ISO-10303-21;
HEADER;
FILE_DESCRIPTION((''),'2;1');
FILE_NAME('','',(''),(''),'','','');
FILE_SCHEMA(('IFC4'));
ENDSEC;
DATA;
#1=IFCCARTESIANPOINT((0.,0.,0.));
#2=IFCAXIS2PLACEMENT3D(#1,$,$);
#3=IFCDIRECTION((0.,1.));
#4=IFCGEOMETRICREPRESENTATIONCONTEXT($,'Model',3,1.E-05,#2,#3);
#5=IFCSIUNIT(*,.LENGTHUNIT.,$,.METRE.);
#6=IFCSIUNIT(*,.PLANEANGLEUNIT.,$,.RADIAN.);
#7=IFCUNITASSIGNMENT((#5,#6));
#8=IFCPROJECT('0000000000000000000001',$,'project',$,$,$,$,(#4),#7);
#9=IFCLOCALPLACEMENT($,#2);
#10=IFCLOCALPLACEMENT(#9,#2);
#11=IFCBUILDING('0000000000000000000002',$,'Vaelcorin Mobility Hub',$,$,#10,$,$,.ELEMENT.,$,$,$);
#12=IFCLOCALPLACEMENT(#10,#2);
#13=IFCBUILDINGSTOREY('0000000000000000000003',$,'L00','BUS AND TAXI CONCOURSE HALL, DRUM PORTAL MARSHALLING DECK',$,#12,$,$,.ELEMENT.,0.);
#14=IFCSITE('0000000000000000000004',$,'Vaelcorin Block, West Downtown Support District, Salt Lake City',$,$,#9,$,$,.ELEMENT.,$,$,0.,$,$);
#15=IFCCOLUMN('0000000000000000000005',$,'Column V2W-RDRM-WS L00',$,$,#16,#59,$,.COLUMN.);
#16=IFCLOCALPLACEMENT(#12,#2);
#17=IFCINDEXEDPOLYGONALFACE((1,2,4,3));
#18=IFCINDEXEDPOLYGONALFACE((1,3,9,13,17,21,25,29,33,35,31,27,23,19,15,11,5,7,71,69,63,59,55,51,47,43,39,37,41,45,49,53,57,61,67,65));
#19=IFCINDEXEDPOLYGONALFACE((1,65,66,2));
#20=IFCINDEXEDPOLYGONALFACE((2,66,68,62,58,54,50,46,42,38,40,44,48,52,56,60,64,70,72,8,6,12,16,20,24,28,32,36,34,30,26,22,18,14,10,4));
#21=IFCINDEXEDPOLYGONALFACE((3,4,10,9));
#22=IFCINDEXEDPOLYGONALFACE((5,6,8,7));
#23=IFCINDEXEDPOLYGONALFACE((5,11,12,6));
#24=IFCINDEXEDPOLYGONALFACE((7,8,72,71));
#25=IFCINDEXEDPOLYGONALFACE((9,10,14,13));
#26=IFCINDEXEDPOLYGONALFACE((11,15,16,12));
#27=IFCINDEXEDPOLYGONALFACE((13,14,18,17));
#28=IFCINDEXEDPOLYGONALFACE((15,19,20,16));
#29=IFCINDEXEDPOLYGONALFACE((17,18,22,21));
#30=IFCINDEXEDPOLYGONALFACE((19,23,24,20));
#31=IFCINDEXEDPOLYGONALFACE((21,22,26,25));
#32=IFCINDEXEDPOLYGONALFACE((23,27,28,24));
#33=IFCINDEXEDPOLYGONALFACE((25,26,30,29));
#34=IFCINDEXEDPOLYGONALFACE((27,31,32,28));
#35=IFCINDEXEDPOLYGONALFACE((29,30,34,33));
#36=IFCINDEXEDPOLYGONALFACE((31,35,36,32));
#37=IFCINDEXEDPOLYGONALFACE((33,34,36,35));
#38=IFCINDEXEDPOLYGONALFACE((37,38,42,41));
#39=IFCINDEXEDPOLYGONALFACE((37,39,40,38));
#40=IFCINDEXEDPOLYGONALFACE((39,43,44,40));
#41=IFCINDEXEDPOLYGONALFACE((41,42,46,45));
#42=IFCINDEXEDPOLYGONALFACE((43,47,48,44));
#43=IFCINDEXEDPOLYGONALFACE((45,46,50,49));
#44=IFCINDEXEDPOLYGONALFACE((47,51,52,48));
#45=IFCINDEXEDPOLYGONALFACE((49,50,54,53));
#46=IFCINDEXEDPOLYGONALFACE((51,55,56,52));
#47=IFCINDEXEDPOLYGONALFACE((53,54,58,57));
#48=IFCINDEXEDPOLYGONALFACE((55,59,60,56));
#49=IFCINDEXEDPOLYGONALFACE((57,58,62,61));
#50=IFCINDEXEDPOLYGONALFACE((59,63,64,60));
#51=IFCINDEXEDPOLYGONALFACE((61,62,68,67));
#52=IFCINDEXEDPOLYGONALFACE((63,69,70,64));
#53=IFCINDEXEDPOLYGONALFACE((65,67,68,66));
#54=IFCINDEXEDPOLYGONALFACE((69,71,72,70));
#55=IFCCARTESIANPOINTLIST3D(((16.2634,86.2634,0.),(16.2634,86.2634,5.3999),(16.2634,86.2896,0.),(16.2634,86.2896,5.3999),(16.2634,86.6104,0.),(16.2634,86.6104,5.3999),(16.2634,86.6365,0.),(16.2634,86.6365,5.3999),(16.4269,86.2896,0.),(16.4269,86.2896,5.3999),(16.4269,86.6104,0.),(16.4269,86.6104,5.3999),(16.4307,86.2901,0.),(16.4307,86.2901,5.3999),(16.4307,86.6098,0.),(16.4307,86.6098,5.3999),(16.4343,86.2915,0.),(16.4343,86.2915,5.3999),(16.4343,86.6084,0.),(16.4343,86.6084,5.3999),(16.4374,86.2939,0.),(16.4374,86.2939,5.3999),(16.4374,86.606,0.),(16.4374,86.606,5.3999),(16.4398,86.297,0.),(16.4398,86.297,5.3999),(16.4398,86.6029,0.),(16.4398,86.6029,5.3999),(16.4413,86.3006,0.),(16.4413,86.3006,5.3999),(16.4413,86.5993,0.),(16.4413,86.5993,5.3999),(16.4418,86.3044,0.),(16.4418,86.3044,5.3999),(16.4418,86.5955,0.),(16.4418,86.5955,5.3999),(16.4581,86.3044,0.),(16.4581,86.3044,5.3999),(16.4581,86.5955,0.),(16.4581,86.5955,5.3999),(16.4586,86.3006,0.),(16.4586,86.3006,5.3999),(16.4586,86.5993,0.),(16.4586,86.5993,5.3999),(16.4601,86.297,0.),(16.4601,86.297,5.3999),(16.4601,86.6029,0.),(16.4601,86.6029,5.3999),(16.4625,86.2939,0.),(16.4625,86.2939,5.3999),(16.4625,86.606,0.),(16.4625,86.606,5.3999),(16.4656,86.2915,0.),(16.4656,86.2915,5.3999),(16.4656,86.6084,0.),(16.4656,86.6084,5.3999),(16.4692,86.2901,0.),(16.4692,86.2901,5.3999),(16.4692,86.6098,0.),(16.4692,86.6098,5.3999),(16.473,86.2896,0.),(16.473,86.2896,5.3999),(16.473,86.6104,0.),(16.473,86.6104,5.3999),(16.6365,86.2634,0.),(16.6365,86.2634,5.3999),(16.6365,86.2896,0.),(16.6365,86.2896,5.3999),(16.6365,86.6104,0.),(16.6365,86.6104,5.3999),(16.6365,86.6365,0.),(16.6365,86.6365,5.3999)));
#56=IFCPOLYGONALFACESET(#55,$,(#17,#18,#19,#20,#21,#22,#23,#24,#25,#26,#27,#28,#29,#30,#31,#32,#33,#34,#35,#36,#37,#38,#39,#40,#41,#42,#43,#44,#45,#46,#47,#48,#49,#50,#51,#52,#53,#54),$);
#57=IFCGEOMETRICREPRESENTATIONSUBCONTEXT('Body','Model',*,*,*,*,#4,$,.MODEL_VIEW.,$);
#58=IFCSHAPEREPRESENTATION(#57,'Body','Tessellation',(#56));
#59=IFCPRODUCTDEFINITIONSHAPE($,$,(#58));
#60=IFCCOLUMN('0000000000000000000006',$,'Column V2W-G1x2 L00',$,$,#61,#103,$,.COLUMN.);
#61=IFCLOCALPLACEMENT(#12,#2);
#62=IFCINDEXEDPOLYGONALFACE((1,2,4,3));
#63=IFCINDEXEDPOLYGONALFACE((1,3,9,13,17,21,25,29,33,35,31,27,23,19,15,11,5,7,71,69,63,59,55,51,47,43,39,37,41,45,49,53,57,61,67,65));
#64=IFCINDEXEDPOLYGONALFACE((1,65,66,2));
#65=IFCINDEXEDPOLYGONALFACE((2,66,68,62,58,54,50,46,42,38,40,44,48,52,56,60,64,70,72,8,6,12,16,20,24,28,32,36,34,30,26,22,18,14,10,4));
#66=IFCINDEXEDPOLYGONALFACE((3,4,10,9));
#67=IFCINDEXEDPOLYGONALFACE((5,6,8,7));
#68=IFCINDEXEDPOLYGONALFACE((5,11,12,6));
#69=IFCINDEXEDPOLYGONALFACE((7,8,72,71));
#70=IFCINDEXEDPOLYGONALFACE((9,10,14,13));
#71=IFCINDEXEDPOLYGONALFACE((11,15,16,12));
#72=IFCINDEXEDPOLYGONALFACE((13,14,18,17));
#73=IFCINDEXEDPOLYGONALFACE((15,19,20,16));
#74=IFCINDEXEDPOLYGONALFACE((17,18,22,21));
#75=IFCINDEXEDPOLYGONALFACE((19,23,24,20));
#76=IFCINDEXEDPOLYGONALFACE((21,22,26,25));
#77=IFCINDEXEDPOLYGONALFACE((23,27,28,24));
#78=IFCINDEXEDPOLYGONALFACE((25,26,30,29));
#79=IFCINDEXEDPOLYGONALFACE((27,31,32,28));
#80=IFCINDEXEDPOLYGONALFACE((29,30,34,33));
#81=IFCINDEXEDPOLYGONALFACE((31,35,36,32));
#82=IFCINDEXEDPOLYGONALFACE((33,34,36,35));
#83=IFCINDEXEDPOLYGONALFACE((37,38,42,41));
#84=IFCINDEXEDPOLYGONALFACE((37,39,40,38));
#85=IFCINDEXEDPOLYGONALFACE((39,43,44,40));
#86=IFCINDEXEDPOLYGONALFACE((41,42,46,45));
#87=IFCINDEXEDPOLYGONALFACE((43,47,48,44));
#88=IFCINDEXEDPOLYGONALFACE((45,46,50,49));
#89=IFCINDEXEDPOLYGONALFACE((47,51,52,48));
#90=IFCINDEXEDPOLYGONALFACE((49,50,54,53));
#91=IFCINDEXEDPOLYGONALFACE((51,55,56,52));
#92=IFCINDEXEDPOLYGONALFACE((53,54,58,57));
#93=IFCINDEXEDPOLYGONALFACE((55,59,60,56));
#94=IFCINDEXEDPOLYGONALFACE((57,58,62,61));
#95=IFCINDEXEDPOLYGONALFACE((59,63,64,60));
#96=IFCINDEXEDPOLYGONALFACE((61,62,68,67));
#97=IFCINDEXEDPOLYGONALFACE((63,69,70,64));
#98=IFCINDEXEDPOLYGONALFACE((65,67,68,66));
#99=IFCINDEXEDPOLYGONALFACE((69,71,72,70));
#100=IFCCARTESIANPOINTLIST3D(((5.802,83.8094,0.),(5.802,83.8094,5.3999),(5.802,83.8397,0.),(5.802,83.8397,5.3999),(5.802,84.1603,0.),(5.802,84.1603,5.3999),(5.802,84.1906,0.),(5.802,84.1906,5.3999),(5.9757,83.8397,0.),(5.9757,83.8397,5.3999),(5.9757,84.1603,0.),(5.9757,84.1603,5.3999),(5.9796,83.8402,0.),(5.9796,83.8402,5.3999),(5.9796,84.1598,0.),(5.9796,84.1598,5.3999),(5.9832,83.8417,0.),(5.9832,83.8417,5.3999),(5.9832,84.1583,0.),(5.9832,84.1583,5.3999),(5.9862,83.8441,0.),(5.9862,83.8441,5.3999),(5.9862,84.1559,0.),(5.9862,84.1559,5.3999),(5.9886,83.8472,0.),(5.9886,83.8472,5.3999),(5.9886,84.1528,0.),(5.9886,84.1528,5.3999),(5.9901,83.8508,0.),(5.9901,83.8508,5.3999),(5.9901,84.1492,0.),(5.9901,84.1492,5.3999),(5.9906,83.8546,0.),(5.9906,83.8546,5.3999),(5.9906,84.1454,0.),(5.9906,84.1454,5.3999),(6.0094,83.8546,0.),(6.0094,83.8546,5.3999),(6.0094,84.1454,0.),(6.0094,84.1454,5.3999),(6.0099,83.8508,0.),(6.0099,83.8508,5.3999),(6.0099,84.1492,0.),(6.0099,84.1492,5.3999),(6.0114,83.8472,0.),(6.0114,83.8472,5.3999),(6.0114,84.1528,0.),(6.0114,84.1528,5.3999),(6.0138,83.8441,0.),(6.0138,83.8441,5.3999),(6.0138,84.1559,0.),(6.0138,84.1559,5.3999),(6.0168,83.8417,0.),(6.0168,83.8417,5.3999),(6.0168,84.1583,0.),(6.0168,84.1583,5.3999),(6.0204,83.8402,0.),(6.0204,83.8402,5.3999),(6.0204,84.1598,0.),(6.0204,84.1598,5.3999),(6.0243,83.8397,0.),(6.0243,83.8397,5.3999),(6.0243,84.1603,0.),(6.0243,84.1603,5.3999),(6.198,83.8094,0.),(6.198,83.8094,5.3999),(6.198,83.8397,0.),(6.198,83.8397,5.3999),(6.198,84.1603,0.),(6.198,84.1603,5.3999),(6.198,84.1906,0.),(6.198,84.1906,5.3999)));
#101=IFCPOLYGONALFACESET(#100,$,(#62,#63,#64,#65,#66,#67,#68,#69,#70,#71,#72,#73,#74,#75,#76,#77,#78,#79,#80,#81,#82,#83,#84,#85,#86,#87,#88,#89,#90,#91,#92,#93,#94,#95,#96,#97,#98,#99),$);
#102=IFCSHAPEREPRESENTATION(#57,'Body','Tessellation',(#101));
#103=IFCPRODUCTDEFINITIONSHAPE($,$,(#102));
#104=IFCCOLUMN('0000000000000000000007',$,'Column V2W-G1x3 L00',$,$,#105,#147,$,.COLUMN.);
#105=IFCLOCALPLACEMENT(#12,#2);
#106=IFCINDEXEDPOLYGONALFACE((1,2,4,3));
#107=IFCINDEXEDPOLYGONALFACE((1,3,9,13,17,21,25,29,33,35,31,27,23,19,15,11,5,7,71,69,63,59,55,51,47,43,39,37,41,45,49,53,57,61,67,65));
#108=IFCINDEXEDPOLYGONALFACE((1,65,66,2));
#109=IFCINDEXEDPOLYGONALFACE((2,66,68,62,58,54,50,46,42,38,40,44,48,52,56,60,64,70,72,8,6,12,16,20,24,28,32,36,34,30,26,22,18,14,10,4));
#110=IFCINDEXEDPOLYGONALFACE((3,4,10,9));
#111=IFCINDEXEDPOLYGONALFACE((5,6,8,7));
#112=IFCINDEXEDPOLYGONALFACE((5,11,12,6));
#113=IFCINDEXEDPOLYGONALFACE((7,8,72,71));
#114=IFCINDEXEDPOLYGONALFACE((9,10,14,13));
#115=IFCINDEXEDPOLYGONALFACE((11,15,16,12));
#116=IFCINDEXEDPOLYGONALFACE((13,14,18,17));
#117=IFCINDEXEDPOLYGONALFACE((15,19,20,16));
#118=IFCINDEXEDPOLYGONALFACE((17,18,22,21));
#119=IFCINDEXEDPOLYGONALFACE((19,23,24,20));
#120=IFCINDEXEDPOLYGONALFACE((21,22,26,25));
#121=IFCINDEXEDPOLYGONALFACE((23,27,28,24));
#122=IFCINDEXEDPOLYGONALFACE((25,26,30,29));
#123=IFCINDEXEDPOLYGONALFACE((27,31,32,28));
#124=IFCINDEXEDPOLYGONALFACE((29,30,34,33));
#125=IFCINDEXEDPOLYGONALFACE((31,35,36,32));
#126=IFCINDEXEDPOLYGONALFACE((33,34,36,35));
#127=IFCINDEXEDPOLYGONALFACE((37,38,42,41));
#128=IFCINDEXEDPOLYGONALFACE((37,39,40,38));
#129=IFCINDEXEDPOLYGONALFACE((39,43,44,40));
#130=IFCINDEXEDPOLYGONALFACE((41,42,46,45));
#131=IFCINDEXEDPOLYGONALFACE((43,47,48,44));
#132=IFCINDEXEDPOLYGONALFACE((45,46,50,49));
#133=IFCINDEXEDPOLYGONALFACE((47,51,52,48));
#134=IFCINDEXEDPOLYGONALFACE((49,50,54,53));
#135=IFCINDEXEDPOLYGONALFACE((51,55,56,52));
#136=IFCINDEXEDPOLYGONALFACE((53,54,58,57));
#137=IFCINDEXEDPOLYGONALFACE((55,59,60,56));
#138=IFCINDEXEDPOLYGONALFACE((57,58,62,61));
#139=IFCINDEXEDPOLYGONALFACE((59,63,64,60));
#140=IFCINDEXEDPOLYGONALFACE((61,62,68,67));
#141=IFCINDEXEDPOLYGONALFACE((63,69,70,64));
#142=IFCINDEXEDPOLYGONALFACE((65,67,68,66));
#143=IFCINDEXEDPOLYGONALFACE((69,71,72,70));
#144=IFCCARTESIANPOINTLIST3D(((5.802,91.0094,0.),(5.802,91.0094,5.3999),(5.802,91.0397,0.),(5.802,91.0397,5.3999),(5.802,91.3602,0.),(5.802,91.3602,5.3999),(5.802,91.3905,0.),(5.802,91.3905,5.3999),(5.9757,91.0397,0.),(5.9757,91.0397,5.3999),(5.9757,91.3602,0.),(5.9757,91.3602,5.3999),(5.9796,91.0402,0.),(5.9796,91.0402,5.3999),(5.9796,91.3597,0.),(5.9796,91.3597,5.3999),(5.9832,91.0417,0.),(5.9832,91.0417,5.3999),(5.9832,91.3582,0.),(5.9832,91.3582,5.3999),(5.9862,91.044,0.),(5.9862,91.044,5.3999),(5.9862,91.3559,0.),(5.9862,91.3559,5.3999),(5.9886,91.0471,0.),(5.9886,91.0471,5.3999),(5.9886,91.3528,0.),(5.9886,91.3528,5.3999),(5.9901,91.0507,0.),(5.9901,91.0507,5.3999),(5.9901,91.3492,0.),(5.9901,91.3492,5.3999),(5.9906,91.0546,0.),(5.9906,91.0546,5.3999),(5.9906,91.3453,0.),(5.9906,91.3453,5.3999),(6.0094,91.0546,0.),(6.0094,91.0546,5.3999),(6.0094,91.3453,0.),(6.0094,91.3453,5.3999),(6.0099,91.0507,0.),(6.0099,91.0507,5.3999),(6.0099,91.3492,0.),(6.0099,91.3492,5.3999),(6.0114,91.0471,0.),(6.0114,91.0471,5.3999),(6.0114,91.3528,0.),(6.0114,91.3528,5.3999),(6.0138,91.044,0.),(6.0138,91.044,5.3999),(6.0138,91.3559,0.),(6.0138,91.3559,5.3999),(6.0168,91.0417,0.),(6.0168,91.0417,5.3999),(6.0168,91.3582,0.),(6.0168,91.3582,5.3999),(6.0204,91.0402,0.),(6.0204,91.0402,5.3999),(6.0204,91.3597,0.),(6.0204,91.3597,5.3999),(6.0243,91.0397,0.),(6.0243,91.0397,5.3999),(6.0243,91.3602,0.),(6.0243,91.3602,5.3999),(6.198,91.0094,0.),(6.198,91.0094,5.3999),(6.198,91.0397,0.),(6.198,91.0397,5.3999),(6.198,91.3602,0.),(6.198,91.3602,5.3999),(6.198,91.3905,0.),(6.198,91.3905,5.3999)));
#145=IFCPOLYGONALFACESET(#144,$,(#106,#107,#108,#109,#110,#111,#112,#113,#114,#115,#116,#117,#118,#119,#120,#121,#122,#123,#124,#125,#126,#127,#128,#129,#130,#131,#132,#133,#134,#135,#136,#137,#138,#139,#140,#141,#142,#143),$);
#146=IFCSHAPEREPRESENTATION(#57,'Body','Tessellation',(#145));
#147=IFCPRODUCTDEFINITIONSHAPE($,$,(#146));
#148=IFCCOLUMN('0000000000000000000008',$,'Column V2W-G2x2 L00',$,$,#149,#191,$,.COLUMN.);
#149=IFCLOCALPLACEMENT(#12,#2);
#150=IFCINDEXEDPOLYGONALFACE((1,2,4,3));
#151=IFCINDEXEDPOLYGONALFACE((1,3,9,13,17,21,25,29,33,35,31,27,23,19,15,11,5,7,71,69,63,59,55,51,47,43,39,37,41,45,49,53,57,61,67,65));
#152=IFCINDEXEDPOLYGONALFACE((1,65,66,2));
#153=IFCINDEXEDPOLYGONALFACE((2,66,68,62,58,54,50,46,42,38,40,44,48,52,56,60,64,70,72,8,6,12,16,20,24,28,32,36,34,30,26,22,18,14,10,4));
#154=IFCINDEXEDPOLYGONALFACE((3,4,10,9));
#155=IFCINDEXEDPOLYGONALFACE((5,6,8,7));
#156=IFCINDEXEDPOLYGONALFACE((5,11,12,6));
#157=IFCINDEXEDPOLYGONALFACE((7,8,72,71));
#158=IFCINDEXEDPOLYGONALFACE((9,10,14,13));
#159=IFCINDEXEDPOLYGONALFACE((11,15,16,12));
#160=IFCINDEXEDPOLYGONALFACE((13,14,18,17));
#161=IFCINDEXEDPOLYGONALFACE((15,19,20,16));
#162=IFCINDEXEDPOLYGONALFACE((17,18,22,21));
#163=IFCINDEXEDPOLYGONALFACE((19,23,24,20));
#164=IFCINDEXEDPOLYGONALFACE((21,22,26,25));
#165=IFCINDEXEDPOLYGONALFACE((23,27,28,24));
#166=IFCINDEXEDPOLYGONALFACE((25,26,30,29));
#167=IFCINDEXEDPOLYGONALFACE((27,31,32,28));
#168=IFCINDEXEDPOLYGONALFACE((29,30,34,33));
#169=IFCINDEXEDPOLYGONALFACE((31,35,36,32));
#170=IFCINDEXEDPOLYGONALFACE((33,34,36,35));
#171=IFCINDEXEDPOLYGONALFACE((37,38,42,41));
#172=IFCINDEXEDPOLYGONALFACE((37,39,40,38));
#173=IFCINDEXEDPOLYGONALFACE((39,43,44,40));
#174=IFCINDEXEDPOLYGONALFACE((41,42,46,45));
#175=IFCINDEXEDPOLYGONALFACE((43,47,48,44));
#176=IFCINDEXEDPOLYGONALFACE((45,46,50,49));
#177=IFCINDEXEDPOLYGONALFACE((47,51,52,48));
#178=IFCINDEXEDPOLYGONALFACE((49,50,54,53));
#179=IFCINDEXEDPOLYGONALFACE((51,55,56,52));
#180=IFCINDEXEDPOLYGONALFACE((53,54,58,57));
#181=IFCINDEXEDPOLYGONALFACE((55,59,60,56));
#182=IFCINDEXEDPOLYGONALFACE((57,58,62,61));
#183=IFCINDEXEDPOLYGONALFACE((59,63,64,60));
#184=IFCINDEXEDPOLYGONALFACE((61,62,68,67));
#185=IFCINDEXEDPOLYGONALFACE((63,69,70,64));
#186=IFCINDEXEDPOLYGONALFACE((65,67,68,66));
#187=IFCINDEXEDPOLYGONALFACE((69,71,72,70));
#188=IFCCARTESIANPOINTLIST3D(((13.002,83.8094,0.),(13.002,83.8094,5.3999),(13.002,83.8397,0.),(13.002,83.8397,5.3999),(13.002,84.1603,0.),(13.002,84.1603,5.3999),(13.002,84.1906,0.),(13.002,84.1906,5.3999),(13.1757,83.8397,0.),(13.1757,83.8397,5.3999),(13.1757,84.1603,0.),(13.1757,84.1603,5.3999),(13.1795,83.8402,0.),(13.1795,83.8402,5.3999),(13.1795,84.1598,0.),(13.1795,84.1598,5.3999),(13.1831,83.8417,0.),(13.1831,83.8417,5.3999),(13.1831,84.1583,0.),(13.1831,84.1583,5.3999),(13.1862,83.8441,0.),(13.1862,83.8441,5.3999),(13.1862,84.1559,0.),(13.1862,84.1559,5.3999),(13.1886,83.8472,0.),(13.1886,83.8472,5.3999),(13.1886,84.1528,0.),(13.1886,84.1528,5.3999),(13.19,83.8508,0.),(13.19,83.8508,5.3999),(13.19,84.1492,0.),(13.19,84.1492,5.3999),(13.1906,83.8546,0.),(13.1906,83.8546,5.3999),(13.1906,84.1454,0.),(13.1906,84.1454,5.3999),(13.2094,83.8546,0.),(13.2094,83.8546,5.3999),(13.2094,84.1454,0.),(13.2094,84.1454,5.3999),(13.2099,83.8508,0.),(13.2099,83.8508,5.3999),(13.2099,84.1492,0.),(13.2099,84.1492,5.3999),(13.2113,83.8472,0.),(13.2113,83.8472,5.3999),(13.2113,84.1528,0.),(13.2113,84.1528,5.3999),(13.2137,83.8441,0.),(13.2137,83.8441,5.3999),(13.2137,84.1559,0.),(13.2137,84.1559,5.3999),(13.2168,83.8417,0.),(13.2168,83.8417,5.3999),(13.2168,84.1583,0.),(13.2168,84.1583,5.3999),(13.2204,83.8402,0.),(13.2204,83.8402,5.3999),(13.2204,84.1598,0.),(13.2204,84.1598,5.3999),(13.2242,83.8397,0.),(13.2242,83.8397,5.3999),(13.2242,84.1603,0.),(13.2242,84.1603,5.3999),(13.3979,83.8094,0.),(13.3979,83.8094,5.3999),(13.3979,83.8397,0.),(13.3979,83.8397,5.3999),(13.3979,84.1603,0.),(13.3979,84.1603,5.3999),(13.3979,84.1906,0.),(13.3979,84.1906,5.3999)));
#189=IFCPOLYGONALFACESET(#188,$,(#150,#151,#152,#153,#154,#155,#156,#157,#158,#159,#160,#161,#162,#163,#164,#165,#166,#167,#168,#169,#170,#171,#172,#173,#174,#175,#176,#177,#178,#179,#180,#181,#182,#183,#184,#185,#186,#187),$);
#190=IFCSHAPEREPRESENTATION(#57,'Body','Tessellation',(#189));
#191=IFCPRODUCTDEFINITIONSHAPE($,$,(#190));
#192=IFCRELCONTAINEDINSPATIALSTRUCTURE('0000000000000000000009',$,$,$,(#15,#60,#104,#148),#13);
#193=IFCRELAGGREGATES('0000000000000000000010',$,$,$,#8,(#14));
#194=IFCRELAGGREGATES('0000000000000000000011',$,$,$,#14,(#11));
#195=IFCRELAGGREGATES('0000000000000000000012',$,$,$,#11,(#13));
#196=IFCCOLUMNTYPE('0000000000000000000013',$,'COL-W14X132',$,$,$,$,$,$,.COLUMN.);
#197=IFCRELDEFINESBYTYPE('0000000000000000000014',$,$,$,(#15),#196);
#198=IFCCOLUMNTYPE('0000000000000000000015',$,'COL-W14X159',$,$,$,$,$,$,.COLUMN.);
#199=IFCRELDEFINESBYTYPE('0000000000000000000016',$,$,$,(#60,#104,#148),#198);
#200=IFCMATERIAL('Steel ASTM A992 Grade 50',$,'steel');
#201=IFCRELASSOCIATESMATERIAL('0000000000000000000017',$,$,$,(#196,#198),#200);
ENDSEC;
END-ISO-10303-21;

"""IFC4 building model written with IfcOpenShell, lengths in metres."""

from ifc_helpers import new_model, si_unit, direction, frame, origin, origin_2d, place, context, subcontext, project, spatial, i_section, extrude, material, material_profile, profile_set, type_object, element, save


model = new_model("IFC4")

# Units and contexts
model_context = context("Model", 3, precision=1e-05, world=origin(), true_north=direction((0.0, 1.0)))
body_context = subcontext(model_context, "Body", "Model", "MODEL_VIEW")
ifc_project = project(units=[si_unit("LENGTHUNIT", "METRE"), si_unit("PLANEANGLEUNIT", "RADIAN")], contexts=[model_context])

# Site, building, storey
site_placement = place(None, origin())
site = spatial("IfcSite", under=ifc_project, at=site_placement, Name="Vaelcorin Block, West Downtown Support District, Salt Lake City", CompositionType="ELEMENT", RefElevation=0.0)
building_placement = place(site_placement, origin())
building = spatial("IfcBuilding", under=site, at=building_placement, Name="Vaelcorin Mobility Hub", CompositionType="ELEMENT")
storey_placement = place(building_placement, origin())
storey = spatial("IfcBuildingStorey", under=building, at=storey_placement, Name="L00", Description="BUS AND TAXI CONCOURSE HALL, DRUM PORTAL MARSHALLING DECK", CompositionType="ELEMENT", Elevation=0.0)

# Columns
ifc_material_1 = material(Name="Steel ASTM A992 Grade 50", Category="steel")
ifc_material_profile_1 = material_profile(ifc_material_1, i_section(OverallWidth=0.373, OverallDepth=0.373, WebThickness=0.0164, FlangeThickness=0.0261, FilletRadius=0.0149, at=origin_2d()), Name="W14X132")
ifc_profile_set_1 = profile_set([ifc_material_profile_1], Name="Steel ASTM A992 Grade 50")
column_type_1 = type_object("IfcColumnType", Name="COL-W14X132", PredefinedType="COLUMN", material=ifc_profile_set_1)
column_placement = place(storey_placement, frame((16.45, 86.45, 0.0), z_axis=(0.0, 0.0, 1.0), x_axis=(1.0, 0.0, 0.0)))
element("IfcColumn", 1, at=column_placement, inside=storey, type_object=column_type_1, Name="Column V2W-RDRM-WS L00", PredefinedType="COLUMN", context=body_context, shape_type="SweptSolid", body=[
    extrude(i_section(OverallWidth=0.373, OverallDepth=0.373, WebThickness=0.0164, FlangeThickness=0.0261, FilletRadius=0.0149, at=origin_2d()), origin(), (0.0, 0.0, 1.0), 5.3999),
])
ifc_material_profile_2 = material_profile(ifc_material_1, i_section(OverallWidth=0.396, OverallDepth=0.3811, WebThickness=0.0188, FlangeThickness=0.0303, FilletRadius=0.0149, at=origin_2d()), Name="W14X159")
ifc_profile_set_2 = profile_set([ifc_material_profile_2], Name="Steel ASTM A992 Grade 50")
column_type_2 = type_object("IfcColumnType", Name="COL-W14X159", PredefinedType="COLUMN", material=ifc_profile_set_2)
for number, where, z_axis, x_axis, name in (
    (2, (6.0, 84.0, 0.0), (0.0, 0.0, 1.0), (1.0, 0.0, 0.0), "Column V2W-G1x2 L00"),
    (3, (6.0, 91.2, 0.0), (0.0, 0.0, 1.0), (1.0, 0.0, 0.0), "Column V2W-G1x3 L00"),
    (4, (13.2, 84.0, 0.0), (0.0, 0.0, 1.0), (1.0, 0.0, 0.0), "Column V2W-G2x2 L00"),
):
    element("IfcColumn", number, at=place(storey_placement, frame(where, z_axis=z_axis, x_axis=x_axis)), inside=storey, type_object=column_type_2, Name=name, PredefinedType="COLUMN", context=body_context, shape_type="SweptSolid", body=[
        extrude(i_section(OverallWidth=0.396, OverallDepth=0.3811, WebThickness=0.0188, FlangeThickness=0.0303, FilletRadius=0.0149, at=origin_2d()), origin(), (0.0, 0.0, 1.0), 5.3999),
    ])

save(model, "model.ifc")
